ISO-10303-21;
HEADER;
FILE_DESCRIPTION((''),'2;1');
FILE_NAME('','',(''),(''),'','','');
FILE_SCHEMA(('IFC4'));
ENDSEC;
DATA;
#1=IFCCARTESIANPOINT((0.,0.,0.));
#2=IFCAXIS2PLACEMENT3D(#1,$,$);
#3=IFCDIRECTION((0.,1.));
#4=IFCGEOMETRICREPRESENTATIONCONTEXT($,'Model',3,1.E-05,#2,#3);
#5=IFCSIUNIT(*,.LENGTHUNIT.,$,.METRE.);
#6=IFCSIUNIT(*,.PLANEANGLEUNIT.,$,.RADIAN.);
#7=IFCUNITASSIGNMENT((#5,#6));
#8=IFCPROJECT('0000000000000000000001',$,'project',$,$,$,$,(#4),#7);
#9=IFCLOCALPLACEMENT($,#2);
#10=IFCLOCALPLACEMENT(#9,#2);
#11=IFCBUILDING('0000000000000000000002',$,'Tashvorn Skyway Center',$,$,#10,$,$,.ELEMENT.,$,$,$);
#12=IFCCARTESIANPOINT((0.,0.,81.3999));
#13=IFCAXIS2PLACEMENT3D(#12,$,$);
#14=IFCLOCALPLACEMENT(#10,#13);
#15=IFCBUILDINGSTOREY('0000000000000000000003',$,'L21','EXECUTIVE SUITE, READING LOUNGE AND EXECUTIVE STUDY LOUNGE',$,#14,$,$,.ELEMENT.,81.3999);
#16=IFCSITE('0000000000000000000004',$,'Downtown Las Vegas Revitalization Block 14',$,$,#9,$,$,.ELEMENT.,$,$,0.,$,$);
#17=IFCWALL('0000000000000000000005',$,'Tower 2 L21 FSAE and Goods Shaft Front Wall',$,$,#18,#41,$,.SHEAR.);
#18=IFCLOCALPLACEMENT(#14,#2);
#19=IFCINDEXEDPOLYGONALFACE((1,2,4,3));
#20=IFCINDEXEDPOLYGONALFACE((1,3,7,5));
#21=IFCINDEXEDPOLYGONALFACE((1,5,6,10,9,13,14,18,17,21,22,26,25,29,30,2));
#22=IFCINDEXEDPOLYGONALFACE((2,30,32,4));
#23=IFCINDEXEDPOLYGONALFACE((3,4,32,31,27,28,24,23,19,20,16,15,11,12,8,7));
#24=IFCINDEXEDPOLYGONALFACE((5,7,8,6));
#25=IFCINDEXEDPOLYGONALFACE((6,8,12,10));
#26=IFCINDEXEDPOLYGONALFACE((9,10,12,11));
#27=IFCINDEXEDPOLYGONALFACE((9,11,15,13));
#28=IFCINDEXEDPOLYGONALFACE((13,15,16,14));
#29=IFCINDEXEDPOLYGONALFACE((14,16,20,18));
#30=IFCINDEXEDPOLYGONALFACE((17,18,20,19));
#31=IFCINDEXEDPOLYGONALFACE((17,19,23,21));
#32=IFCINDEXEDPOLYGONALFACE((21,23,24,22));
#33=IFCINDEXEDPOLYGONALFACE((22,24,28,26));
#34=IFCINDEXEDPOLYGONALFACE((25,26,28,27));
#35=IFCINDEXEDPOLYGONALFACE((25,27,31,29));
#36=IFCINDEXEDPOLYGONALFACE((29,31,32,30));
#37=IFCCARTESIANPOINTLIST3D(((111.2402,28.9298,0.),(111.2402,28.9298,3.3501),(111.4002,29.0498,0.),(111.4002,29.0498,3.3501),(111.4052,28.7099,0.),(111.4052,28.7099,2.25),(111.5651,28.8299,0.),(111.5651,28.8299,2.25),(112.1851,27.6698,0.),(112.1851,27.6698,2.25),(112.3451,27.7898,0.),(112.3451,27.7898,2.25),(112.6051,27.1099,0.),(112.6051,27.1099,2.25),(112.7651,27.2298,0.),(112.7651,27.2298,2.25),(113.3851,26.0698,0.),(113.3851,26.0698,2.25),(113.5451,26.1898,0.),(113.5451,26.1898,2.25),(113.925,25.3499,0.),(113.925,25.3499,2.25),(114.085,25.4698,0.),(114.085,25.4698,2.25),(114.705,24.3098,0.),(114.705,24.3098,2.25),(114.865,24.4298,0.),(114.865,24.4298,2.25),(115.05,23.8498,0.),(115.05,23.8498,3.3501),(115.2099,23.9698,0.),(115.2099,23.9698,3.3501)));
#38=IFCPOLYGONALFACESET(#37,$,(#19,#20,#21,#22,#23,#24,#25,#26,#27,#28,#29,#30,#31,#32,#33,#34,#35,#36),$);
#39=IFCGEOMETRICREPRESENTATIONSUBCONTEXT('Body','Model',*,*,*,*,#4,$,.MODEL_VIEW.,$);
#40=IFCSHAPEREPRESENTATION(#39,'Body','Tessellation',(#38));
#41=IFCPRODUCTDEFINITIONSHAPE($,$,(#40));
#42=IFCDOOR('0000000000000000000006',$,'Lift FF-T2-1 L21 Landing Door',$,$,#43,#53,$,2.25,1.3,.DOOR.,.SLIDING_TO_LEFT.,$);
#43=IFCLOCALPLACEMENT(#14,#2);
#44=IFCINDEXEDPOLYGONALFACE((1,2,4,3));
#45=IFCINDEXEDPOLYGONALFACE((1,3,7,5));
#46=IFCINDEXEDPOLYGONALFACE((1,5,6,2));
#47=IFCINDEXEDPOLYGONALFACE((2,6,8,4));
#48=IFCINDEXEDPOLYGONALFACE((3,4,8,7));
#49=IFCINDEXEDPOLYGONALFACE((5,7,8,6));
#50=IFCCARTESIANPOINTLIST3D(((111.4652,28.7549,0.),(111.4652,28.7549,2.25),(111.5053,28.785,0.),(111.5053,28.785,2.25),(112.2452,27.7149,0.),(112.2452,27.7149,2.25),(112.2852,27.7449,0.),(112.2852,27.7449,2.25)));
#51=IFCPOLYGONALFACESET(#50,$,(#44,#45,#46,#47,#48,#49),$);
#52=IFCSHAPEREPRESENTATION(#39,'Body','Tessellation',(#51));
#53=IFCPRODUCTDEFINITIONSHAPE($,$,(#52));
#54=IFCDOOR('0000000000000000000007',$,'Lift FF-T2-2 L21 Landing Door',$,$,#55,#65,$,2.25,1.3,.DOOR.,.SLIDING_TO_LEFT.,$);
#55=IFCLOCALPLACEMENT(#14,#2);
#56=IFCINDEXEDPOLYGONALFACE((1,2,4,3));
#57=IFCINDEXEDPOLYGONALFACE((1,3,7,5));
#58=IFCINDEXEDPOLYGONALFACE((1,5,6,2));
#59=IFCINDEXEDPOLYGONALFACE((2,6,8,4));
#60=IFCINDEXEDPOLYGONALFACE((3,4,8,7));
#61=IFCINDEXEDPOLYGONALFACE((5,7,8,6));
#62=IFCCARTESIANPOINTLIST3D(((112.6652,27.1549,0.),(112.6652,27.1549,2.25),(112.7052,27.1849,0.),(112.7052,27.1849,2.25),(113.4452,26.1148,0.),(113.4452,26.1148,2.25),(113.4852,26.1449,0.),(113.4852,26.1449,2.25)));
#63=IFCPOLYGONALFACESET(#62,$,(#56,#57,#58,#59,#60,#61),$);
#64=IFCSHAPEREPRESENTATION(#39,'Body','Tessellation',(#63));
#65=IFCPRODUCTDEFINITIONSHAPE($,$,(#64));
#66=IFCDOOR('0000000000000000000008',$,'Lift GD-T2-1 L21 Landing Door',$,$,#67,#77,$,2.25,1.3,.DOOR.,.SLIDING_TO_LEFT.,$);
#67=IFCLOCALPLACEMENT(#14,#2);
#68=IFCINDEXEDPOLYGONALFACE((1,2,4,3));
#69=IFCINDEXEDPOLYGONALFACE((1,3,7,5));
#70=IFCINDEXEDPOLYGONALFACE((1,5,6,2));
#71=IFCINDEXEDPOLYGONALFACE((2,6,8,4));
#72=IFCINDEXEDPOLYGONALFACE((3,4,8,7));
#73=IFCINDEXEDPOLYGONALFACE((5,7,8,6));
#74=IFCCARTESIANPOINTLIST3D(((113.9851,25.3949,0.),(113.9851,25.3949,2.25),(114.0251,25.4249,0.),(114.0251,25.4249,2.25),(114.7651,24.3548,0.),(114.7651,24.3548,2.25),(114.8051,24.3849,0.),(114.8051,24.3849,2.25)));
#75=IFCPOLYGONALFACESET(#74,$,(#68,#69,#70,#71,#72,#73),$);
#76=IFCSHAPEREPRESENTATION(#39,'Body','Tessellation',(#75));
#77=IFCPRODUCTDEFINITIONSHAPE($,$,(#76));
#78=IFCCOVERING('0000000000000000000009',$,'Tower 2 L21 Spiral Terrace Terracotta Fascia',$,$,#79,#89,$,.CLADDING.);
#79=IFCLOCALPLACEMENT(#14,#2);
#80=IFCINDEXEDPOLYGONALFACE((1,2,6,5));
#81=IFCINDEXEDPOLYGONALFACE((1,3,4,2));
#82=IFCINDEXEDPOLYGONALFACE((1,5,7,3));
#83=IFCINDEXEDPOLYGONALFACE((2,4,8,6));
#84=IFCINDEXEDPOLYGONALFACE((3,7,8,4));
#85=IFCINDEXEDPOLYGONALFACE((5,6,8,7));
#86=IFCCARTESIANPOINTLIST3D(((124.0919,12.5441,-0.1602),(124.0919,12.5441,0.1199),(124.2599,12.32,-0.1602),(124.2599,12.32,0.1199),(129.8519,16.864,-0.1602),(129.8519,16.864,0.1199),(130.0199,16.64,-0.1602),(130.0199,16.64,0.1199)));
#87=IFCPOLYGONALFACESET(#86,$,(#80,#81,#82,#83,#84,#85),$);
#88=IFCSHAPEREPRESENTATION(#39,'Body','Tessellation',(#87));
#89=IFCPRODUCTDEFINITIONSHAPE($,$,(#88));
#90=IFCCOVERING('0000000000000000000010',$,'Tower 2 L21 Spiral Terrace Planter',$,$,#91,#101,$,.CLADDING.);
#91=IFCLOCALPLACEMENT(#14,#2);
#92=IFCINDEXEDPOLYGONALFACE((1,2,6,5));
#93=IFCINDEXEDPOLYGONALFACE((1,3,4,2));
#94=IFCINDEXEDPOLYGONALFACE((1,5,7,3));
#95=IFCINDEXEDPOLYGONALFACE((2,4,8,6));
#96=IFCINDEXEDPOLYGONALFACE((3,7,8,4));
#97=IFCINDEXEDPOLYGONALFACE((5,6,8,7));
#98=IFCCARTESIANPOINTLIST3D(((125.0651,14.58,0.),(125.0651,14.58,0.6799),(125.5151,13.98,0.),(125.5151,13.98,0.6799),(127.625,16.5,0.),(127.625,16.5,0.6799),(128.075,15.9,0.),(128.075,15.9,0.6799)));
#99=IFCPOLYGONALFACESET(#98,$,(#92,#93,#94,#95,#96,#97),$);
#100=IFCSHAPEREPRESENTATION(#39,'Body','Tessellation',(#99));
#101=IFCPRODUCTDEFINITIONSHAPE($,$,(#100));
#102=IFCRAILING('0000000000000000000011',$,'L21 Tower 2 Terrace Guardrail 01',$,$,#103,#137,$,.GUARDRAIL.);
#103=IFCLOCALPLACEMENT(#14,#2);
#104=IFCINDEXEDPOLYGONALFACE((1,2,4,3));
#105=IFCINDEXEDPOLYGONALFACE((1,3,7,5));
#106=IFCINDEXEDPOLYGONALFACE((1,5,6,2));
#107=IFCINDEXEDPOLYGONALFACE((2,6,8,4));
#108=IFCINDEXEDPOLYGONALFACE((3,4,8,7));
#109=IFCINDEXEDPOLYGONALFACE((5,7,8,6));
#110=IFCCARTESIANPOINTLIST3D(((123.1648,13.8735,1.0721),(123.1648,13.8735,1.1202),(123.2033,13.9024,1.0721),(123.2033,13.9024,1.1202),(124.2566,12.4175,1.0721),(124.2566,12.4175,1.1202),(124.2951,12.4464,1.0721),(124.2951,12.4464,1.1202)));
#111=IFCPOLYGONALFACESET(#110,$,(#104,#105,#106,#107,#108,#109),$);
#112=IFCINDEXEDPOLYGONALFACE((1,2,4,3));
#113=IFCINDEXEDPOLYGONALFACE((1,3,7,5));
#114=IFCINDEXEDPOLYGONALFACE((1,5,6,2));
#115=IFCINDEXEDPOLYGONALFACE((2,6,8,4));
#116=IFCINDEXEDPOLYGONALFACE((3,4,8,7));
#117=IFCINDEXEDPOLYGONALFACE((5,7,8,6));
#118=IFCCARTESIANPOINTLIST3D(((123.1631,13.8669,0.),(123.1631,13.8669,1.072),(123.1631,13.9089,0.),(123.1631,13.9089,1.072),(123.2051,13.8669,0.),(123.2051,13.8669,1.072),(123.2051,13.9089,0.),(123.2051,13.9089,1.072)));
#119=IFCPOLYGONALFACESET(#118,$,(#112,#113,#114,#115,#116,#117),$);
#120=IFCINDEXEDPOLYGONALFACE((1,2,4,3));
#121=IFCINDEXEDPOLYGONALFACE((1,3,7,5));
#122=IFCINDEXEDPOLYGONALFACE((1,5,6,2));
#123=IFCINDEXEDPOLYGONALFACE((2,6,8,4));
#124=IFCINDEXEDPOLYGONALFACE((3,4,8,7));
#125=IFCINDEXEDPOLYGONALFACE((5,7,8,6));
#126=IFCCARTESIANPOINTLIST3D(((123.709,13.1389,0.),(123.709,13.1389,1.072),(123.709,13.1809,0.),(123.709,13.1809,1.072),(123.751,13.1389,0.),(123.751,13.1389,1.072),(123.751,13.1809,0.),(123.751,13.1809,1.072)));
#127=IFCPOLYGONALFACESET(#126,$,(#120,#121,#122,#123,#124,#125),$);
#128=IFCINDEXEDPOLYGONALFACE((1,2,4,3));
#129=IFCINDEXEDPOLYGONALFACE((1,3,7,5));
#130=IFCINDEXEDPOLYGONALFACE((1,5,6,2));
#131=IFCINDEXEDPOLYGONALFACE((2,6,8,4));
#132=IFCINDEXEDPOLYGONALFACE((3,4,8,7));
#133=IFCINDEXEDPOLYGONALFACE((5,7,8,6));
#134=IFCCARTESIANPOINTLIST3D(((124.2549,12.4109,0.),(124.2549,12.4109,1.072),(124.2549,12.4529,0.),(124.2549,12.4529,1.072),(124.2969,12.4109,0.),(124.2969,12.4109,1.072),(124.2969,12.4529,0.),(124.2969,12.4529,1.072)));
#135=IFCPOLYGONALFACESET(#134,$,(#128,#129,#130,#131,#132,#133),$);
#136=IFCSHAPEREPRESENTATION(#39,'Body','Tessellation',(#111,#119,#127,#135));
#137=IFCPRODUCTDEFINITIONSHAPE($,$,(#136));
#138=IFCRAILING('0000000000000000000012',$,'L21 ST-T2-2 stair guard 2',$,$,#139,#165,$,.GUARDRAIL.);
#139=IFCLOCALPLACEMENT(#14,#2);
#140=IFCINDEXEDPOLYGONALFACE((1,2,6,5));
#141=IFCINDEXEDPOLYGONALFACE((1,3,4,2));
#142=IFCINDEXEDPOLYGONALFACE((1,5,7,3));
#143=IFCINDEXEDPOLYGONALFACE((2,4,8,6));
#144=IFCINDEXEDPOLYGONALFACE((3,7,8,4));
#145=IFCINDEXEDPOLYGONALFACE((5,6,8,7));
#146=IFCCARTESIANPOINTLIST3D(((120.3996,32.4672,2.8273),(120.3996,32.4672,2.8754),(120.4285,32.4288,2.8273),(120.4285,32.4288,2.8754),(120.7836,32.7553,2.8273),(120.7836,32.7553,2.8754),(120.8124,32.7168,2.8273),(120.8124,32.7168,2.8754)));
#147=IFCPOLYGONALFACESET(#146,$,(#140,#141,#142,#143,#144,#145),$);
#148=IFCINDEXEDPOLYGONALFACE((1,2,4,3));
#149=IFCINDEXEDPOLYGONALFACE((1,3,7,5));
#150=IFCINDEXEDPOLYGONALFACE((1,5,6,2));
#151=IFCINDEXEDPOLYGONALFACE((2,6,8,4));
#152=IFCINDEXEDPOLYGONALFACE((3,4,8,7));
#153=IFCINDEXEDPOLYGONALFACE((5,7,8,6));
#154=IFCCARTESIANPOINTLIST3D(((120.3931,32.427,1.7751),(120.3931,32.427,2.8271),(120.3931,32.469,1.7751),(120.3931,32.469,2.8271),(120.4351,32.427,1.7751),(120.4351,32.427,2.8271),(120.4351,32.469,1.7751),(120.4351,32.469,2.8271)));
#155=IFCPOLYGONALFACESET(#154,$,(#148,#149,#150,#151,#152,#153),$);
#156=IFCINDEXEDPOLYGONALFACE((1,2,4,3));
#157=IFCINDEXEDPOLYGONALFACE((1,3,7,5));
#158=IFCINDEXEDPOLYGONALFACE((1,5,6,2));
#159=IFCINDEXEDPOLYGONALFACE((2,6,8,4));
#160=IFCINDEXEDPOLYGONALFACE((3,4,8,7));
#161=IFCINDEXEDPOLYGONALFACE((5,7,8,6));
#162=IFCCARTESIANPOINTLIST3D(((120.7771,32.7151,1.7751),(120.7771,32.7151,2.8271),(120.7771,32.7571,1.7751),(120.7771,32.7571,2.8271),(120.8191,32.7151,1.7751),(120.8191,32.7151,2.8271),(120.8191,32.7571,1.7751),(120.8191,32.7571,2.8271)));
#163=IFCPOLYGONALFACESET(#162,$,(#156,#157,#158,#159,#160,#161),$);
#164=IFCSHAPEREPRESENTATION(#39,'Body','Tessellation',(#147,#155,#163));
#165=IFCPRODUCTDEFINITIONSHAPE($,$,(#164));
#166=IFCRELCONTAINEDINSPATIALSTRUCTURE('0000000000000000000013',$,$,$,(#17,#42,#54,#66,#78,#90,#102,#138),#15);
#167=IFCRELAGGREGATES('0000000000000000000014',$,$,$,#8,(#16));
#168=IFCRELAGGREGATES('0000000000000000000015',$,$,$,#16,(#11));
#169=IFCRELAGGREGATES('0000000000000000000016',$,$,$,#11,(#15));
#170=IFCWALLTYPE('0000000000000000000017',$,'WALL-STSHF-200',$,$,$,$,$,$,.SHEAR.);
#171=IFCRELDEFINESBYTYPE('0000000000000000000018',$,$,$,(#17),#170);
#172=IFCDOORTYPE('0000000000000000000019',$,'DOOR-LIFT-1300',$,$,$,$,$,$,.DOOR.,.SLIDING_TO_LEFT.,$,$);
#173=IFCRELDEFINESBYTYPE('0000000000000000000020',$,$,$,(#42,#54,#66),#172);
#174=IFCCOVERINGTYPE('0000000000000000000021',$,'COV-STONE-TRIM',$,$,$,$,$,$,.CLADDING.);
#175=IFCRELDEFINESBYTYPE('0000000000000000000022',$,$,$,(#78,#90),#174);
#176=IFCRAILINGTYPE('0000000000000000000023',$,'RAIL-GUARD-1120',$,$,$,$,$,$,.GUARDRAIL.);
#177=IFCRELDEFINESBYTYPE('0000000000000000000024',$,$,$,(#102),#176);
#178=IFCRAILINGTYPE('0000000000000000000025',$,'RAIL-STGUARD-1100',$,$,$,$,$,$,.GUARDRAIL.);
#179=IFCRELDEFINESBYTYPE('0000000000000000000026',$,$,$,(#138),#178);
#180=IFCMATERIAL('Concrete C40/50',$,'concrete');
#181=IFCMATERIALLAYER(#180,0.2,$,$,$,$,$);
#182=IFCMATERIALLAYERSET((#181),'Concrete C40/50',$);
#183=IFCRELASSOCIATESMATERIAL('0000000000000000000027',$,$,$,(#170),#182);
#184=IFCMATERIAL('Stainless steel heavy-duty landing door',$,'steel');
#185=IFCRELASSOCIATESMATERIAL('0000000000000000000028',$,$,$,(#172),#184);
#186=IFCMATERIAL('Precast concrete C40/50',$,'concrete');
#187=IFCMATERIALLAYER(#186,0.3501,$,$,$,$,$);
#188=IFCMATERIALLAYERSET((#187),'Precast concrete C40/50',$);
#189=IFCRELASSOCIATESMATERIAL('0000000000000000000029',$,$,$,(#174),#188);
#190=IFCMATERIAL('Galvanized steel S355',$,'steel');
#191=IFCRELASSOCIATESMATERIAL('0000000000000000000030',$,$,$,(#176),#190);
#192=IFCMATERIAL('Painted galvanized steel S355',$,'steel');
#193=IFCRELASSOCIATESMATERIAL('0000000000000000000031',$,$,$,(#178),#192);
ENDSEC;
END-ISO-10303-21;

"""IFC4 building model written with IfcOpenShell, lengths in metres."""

from ifc_helpers import new_model, si_unit, direction, frame, frame_2d, origin, origin_2d, place, context, subcontext, project, spatial, rectangle, extrude, material, layer, layer_set, type_object, element, fill, save


model = new_model("IFC4")

# Units and contexts
model_context = context("Model", 3, precision=1e-05, world=origin(), true_north=direction((0.0, 1.0)))
body_context = subcontext(model_context, "Body", "Model", "MODEL_VIEW")
ifc_project = project(units=[si_unit("LENGTHUNIT", "METRE"), si_unit("PLANEANGLEUNIT", "RADIAN")], contexts=[model_context])

# Site, building, storey
site_placement = place(None, origin())
site = spatial("IfcSite", under=ifc_project, at=site_placement, Name="Downtown Las Vegas Revitalization Block 14", CompositionType="ELEMENT", RefElevation=0.0)
building_placement = place(site_placement, origin())
building = spatial("IfcBuilding", under=site, at=building_placement, Name="Tashvorn Skyway Center", CompositionType="ELEMENT")
storey_placement = place(building_placement, frame((0.0, 0.0, 81.3999)))
storey = spatial("IfcBuildingStorey", under=building, at=storey_placement, Name="L21", Description="EXECUTIVE SUITE, READING LOUNGE AND EXECUTIVE STUDY LOUNGE", CompositionType="ELEMENT", Elevation=81.3999)

# Shared definitions
ifc_material_1 = material(Name="Concrete C40/50", Category="concrete")

# Shared definitions
ifc_layer_1 = layer(ifc_material_1, 0.2)
ifc_layer_set_1 = layer_set([ifc_layer_1], Name="Concrete C40/50")
wall_type_1 = type_object("IfcWallType", Name="WALL-STSHF-200", PredefinedType="SHEAR", material=ifc_layer_set_1)

# Wall, openings, doors
wall_1_placement = place(storey_placement, frame((115.1299, 23.9099, 0.0), z_axis=(0.0, 0.0, 1.0), x_axis=(-0.599975, 0.800018, 0.0)))
wall_1 = element("IfcWall", 1, at=wall_1_placement, inside=storey, type_object=wall_type_1, Name="Tower 2 L21 FSAE and Goods Shaft Front Wall", PredefinedType="SHEAR", context=body_context, shape_type="SweptSolid", body=[
    extrude(rectangle(XDim=6.3499, YDim=0.2, at=frame_2d((3.1748, 0.0))), origin(), (0.0, 0.0, 1.0), 3.3501),
])
opening_1_placement = place(wall_1_placement, frame((4.7749, 0.0, 0.0)))
opening_1 = element("IfcOpeningElement", 2, at=opening_1_placement, cuts=wall_1, PredefinedType="OPENING", context=body_context, shape_type="SweptSolid", body=[
    extrude(rectangle(XDim=1.3, YDim=2.25, at=frame_2d((0.6499, 1.125))), frame((0.0, 0.1099, 0.0), z_axis=(0.0, -1.0, 0.0), x_axis=(1.0, 0.0, 0.0)), (0.0, 0.0, 1.0), 0.22),
])
opening_2_placement = place(wall_1_placement, frame((2.7749, 0.0, 0.0)))
opening_2 = element("IfcOpeningElement", 3, at=opening_2_placement, cuts=wall_1, PredefinedType="OPENING", context=body_context, shape_type="SweptSolid", body=[
    extrude(rectangle(XDim=1.3, YDim=2.25, at=frame_2d((0.6499, 1.125))), frame((0.0, 0.1099, 0.0), z_axis=(0.0, -1.0, 0.0), x_axis=(1.0, 0.0, 0.0)), (0.0, 0.0, 1.0), 0.22),
])
opening_3_placement = place(wall_1_placement, frame((0.575, 0.0, 0.0)))
opening_3 = element("IfcOpeningElement", 4, at=opening_3_placement, cuts=wall_1, PredefinedType="OPENING", context=body_context, shape_type="SweptSolid", body=[
    extrude(rectangle(XDim=1.3, YDim=2.25, at=frame_2d((0.6499, 1.125))), frame((0.0, 0.1099, 0.0), z_axis=(0.0, -1.0, 0.0), x_axis=(1.0, 0.0, 0.0)), (0.0, 0.0, 1.0), 0.22),
])
ifc_material_2 = material(Name="Stainless steel heavy-duty landing door", Category="steel")
door_type_1 = type_object("IfcDoorType", Name="DOOR-LIFT-1300", OperationType="SLIDING_TO_LEFT", PredefinedType="DOOR", material=ifc_material_2)
door_1_placement = place(opening_1_placement, origin())
door_1 = element("IfcDoor", 5, at=door_1_placement, inside=storey, type_object=door_type_1, Name="Lift FF-T2-1 L21 Landing Door", OperationType="SLIDING_TO_LEFT", OverallHeight=2.25, OverallWidth=1.3, PredefinedType="DOOR", context=body_context, shape_type="SweptSolid", body=[
    extrude(rectangle(XDim=1.3, YDim=2.25, at=frame_2d((0.6499, 1.125))), frame((0.0, 0.0249, 0.0), z_axis=(0.0, -1.0, 0.0), x_axis=(1.0, 0.0, 0.0)), (0.0, 0.0, 1.0), 0.05),
])
fill(opening_1, door_1)
door_2_placement = place(opening_2_placement, origin())
door_2 = element("IfcDoor", 6, at=door_2_placement, inside=storey, type_object=door_type_1, Name="Lift FF-T2-2 L21 Landing Door", OperationType="SLIDING_TO_LEFT", OverallHeight=2.25, OverallWidth=1.3, PredefinedType="DOOR", context=body_context, shape_type="SweptSolid", body=[
    extrude(rectangle(XDim=1.3, YDim=2.25, at=frame_2d((0.6499, 1.125))), frame((0.0, 0.0249, 0.0), z_axis=(0.0, -1.0, 0.0), x_axis=(1.0, 0.0, 0.0)), (0.0, 0.0, 1.0), 0.05),
])
fill(opening_2, door_2)
door_3_placement = place(opening_3_placement, origin())
door_3 = element("IfcDoor", 7, at=door_3_placement, inside=storey, type_object=door_type_1, Name="Lift GD-T2-1 L21 Landing Door", OperationType="SLIDING_TO_LEFT", OverallHeight=2.25, OverallWidth=1.3, PredefinedType="DOOR", context=body_context, shape_type="SweptSolid", body=[
    extrude(rectangle(XDim=1.3, YDim=2.25, at=frame_2d((0.6499, 1.125))), frame((0.0, 0.0249, 0.0), z_axis=(0.0, -1.0, 0.0), x_axis=(1.0, 0.0, 0.0)), (0.0, 0.0, 1.0), 0.05),
])
fill(opening_3, door_3)

# Coverings
ifc_material_3 = material(Name="Precast concrete C40/50", Category="concrete")
ifc_layer_2 = layer(ifc_material_3, 0.3501)
ifc_layer_set_2 = layer_set([ifc_layer_2], Name="Precast concrete C40/50")
covering_type = type_object("IfcCoveringType", Name="COV-STONE-TRIM", PredefinedType="CLADDING", material=ifc_layer_set_2)
covering_1_placement = place(storey_placement, frame((127.0559, 14.592, -0.1602), z_axis=(0.0, 0.0, 1.0), x_axis=(-0.8, -0.6, 0.0)))
element("IfcCovering", 8, at=covering_1_placement, inside=storey, type_object=covering_type, Name="Tower 2 L21 Spiral Terrace Terracotta Fascia", PredefinedType="CLADDING", context=body_context, shape_type="SweptSolid", body=[
    extrude(rectangle(XDim=7.2, YDim=0.28, at=origin_2d()), origin(), (0.0, 0.0, 1.0), 0.28),
])
covering_2_placement = place(storey_placement, frame((126.5701, 15.24, 0.0), z_axis=(0.0, 0.0, 1.0), x_axis=(-0.8, -0.6, 0.0)))
element("IfcCovering", 9, at=covering_2_placement, inside=storey, type_object=covering_type, Name="Tower 2 L21 Spiral Terrace Planter", PredefinedType="CLADDING", context=body_context, shape_type="SweptSolid", body=[
    extrude(rectangle(XDim=3.2, YDim=0.75, at=origin_2d()), origin(), (0.0, 0.0, 1.0), 0.6799),
])

# Railings
ifc_material_4 = material(Name="Galvanized steel S355", Category="steel")
railing_type_1 = type_object("IfcRailingType", Name="RAIL-GUARD-1120", PredefinedType="GUARDRAIL", material=ifc_material_4)
railing_1_placement = place(storey_placement, frame((123.1841, 13.8879, 0.0)))
element("IfcRailing", 10, at=railing_1_placement, inside=storey, type_object=railing_type_1, Name="L21 Tower 2 Terrace Guardrail 01", PredefinedType="GUARDRAIL", context=body_context, shape_type="SweptSolid", body=[
    extrude(rectangle(XDim=0.0481, YDim=0.0481, at=origin_2d()), frame((0.0, 0.0, 1.0962), z_axis=(0.599914, -0.800064, 0.0), x_axis=(0.800064, 0.599914, 0.0)), (0.0, 0.0, 1.0), 1.8198),
    extrude(rectangle(XDim=0.042, YDim=0.042, at=origin_2d()), origin(), (0.0, 0.0, 1.0), 1.072),
    extrude(rectangle(XDim=0.042, YDim=0.042, at=origin_2d()), frame((0.5459, -0.728, 0.0)), (0.0, 0.0, 1.0), 1.072),
    extrude(rectangle(XDim=0.042, YDim=0.042, at=origin_2d()), frame((1.0918, -1.4561, 0.0)), (0.0, 0.0, 1.0), 1.072),
])
ifc_material_5 = material(Name="Painted galvanized steel S355", Category="steel")
railing_type_2 = type_object("IfcRailingType", Name="RAIL-STGUARD-1100", PredefinedType="GUARDRAIL", material=ifc_material_5)
railing_2_placement = place(storey_placement, frame((120.4141, 32.448, 1.7751)))
element("IfcRailing", 11, at=railing_2_placement, inside=storey, type_object=railing_type_2, Name="L21 ST-T2-2 stair guard 2", PredefinedType="GUARDRAIL", context=body_context, shape_type="SweptSolid", body=[
    extrude(rectangle(XDim=0.0481, YDim=0.0481, at=origin_2d()), frame((0.0, 0.0, 1.0762), z_axis=(0.799939, 0.600081, 0.0), x_axis=(-0.600081, 0.799939, 0.0)), (0.0, 0.0, 1.0), 0.48),
    extrude(rectangle(XDim=0.042, YDim=0.042, at=origin_2d()), origin(), (0.0, 0.0, 1.0), 1.052),
    extrude(rectangle(XDim=0.042, YDim=0.042, at=origin_2d()), frame((0.384, 0.2881, 0.0)), (0.0, 0.0, 1.0), 1.052),
])

save(model, "model.ifc")
